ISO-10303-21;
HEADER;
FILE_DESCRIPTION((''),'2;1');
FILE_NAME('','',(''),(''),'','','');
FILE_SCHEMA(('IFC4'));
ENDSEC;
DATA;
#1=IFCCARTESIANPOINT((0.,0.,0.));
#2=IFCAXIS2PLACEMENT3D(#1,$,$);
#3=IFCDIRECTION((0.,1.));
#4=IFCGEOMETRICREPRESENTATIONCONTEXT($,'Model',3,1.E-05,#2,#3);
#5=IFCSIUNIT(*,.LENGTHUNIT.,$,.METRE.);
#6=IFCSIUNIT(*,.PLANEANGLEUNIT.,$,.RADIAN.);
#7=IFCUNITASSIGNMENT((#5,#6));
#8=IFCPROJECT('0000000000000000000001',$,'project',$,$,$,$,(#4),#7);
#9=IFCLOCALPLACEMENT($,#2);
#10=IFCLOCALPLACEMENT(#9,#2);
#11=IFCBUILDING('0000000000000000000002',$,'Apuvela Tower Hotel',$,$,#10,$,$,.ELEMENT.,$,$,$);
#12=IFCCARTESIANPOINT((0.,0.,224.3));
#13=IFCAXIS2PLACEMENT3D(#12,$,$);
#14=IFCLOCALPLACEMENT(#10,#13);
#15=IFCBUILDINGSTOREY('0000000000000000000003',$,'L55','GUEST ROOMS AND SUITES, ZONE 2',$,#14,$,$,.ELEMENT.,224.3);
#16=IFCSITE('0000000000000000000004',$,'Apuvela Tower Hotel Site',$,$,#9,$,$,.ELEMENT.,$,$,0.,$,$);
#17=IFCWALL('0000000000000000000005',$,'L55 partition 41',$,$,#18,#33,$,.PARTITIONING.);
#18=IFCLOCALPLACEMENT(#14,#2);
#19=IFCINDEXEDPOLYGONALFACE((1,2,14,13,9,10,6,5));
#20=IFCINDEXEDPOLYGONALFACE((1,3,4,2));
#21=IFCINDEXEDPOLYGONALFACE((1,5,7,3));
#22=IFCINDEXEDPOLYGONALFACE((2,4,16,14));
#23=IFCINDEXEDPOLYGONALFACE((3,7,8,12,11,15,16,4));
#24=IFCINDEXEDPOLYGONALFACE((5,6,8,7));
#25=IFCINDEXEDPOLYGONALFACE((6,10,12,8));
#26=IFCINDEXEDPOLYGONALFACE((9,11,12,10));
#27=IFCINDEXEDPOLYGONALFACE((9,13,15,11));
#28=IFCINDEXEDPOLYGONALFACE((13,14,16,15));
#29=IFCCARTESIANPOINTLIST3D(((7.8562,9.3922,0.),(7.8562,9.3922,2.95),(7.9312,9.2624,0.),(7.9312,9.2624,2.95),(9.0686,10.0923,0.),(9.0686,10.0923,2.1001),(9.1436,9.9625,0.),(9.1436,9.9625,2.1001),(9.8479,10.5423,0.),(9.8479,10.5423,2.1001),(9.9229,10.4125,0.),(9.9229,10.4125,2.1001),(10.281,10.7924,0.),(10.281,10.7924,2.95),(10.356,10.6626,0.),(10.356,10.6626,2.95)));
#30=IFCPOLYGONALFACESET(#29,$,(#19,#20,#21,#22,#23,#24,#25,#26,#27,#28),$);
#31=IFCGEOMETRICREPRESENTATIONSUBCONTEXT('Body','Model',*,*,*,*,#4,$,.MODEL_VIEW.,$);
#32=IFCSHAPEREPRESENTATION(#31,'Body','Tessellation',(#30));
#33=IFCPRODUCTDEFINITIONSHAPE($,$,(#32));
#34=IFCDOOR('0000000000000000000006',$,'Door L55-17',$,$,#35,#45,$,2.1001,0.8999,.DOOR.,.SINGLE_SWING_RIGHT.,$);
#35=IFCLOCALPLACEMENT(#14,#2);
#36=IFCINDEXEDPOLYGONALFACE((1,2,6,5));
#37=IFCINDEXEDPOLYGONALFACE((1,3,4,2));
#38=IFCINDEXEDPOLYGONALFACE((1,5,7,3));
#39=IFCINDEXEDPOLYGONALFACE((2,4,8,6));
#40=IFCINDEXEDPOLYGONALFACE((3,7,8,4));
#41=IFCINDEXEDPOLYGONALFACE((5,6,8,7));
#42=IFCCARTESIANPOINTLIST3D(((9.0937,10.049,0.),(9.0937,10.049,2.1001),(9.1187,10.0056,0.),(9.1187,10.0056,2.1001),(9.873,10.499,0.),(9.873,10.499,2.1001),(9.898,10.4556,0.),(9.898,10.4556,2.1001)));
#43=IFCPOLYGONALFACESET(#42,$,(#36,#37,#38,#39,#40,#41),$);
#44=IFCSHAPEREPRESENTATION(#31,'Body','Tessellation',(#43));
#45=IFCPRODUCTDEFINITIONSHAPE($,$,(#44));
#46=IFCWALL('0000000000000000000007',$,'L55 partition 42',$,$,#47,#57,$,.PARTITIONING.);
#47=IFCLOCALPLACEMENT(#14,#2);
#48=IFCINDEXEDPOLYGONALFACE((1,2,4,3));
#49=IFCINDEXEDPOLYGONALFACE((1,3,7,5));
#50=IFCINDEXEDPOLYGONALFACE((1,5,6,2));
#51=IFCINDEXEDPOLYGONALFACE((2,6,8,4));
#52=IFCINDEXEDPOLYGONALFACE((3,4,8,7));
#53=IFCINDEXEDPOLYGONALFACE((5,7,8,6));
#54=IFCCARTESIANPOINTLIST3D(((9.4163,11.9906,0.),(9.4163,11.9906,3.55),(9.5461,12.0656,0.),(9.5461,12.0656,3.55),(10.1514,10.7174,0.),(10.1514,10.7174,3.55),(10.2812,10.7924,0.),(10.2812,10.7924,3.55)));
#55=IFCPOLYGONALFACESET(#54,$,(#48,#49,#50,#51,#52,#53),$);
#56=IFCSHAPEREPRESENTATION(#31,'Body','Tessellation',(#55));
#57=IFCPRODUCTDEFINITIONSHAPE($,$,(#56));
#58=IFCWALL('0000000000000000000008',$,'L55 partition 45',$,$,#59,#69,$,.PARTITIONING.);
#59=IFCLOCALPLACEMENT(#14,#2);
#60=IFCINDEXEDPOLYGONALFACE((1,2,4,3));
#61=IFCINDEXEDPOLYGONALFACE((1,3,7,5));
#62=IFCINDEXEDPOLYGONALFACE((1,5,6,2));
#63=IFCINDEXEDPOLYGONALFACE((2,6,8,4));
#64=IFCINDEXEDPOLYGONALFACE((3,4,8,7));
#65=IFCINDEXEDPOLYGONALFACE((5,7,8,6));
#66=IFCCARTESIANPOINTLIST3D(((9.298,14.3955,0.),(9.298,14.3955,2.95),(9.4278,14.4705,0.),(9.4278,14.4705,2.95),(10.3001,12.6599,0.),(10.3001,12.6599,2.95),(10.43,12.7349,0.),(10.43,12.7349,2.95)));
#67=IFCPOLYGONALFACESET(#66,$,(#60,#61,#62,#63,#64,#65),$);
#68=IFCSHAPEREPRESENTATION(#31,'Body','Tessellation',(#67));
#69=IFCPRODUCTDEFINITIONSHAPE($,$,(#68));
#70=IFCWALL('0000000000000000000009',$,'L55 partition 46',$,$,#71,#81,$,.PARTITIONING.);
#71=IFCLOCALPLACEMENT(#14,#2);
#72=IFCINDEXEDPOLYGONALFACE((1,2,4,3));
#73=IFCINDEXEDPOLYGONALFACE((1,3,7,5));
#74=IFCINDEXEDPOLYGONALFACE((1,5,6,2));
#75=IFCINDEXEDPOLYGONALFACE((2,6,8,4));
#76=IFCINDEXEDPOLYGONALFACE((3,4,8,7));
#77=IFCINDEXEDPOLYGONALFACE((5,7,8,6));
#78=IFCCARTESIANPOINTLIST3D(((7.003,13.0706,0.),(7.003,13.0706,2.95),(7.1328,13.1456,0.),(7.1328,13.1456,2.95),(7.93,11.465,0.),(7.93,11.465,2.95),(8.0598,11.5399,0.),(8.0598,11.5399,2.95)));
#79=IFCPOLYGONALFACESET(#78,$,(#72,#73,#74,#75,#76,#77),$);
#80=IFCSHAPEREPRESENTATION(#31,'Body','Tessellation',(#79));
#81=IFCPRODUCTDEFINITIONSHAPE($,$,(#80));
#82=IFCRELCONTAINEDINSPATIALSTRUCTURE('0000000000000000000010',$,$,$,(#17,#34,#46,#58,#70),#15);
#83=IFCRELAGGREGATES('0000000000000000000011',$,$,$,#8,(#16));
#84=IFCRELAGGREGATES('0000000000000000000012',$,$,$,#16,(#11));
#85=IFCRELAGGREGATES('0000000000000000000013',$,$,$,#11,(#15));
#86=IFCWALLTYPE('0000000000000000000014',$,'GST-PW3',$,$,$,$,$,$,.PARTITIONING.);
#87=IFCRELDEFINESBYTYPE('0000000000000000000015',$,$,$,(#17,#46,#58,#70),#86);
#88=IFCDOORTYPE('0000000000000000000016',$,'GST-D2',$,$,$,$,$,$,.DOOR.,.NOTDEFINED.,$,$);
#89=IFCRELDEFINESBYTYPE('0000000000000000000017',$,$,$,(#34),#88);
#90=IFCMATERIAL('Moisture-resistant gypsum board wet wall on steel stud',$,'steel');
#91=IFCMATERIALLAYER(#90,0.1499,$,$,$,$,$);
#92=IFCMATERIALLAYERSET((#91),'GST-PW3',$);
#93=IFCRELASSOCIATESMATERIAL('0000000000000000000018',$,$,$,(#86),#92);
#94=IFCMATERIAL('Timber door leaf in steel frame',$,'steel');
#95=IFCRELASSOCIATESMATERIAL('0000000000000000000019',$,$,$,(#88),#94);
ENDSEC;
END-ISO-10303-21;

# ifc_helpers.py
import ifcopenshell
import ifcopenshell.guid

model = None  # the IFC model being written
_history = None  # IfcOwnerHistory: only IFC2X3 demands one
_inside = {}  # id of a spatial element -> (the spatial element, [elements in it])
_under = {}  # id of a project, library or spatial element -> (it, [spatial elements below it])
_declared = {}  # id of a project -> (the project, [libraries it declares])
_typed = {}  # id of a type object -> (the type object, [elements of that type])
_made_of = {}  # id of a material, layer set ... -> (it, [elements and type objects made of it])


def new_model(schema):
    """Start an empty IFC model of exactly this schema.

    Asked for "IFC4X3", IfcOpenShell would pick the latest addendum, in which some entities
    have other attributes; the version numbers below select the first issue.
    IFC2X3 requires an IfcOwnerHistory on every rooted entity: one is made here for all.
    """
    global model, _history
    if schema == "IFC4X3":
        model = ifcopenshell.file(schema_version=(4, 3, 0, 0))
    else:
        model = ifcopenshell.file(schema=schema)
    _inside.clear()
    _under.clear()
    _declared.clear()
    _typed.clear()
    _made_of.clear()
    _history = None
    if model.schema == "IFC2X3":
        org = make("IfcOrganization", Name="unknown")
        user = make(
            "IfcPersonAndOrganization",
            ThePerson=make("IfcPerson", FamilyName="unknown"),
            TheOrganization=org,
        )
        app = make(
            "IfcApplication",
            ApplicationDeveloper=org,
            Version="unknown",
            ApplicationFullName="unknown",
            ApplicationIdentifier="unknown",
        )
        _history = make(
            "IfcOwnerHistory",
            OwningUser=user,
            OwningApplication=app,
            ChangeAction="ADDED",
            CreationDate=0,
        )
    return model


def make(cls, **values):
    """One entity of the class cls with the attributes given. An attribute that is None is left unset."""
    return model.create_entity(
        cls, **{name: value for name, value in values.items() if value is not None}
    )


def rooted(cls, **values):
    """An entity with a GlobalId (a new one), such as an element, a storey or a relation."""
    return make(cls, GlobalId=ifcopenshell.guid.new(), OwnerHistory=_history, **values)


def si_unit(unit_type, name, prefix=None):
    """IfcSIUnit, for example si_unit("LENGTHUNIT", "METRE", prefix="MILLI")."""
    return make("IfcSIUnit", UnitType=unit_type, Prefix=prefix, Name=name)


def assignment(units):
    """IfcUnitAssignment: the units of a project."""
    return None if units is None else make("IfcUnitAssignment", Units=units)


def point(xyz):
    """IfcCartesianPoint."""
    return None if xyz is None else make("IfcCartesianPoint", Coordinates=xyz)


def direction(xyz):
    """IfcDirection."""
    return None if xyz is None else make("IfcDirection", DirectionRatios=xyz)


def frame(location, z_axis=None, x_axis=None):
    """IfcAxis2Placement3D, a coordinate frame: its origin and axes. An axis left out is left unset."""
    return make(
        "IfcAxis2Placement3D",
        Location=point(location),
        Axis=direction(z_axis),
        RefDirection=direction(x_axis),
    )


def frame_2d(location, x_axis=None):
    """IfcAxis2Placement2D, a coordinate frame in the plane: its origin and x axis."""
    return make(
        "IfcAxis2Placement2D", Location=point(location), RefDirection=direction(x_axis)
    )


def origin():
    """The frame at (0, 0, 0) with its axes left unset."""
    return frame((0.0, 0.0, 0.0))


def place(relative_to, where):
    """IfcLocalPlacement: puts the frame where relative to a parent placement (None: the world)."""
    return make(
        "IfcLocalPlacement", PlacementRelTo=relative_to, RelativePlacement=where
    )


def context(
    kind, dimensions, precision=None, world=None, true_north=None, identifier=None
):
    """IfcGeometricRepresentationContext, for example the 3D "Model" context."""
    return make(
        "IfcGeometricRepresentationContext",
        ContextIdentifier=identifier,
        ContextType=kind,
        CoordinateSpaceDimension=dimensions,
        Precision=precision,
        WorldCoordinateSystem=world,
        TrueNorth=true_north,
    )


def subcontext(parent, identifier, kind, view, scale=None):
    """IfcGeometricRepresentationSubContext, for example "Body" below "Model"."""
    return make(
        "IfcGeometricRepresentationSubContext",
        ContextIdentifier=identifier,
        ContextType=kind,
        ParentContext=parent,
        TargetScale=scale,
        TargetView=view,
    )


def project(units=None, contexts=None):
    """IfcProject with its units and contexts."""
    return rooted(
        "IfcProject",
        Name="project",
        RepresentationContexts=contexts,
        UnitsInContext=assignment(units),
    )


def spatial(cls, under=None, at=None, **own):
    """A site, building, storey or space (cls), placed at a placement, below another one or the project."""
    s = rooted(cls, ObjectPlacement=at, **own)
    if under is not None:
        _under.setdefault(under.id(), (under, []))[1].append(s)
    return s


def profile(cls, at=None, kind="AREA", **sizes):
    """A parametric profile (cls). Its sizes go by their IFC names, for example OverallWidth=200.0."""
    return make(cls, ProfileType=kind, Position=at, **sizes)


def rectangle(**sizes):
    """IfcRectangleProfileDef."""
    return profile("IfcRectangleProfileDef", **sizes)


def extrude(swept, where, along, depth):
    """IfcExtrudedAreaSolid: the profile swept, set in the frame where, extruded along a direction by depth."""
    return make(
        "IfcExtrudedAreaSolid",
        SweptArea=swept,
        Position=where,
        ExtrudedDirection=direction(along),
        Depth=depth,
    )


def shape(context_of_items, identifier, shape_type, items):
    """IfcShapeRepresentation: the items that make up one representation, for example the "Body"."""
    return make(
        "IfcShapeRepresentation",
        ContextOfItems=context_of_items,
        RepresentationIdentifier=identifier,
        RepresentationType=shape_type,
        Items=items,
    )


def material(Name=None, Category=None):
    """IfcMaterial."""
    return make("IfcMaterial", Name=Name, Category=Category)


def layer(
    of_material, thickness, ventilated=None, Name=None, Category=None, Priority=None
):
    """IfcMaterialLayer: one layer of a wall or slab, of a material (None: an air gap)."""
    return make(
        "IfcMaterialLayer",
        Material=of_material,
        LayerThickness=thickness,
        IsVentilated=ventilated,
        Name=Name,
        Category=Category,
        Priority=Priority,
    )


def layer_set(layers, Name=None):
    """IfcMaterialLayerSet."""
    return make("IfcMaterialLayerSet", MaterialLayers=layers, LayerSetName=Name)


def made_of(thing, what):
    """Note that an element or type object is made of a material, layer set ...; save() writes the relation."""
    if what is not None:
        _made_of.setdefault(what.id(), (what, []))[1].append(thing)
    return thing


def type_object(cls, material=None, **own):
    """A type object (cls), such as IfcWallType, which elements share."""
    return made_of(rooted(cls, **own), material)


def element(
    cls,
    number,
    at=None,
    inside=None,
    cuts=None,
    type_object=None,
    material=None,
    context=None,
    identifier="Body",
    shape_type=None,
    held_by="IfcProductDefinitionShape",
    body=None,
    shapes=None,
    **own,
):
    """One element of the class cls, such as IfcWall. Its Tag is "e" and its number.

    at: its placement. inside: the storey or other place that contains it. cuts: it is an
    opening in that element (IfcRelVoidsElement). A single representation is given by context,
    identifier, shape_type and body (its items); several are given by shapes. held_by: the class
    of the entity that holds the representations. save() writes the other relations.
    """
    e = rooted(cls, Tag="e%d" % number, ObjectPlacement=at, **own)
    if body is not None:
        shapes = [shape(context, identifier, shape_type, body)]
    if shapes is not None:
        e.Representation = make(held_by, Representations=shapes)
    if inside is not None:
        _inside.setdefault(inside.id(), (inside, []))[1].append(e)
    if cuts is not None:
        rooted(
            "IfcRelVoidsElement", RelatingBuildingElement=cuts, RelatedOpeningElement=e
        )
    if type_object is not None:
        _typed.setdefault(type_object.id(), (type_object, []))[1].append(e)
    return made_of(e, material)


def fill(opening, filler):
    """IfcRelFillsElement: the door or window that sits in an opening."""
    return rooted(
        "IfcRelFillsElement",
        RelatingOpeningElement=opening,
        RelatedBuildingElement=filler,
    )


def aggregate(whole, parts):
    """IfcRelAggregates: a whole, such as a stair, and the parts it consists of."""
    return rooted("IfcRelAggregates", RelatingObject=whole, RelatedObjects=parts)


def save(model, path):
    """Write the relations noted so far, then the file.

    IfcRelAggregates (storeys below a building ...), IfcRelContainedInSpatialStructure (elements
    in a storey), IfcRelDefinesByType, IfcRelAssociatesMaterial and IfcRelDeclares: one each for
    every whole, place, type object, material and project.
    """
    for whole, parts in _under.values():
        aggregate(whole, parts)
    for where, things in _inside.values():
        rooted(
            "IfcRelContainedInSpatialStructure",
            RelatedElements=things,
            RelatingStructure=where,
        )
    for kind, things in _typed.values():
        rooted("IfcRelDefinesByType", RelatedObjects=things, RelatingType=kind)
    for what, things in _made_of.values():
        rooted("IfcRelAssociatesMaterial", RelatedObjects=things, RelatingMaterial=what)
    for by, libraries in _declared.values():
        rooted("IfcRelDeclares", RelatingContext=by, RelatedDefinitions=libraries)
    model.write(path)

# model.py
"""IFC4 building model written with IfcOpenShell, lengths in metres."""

from ifc_helpers import new_model, si_unit, direction, frame, frame_2d, origin, place, context, subcontext, project, spatial, rectangle, extrude, material, layer, layer_set, type_object, element, fill, save


model = new_model("IFC4")

# Units and contexts
model_context = context("Model", 3, precision=1e-05, world=origin(), true_north=direction((0.0, 1.0)))
body_context = subcontext(model_context, "Body", "Model", "MODEL_VIEW")
ifc_project = project(units=[si_unit("LENGTHUNIT", "METRE"), si_unit("PLANEANGLEUNIT", "RADIAN")], contexts=[model_context])

# Site, building, storey
site_placement = place(None, origin())
site = spatial("IfcSite", under=ifc_project, at=site_placement, Name="Apuvela Tower Hotel Site", CompositionType="ELEMENT", RefElevation=0.0)
building_placement = place(site_placement, origin())
building = spatial("IfcBuilding", under=site, at=building_placement, Name="Apuvela Tower Hotel", CompositionType="ELEMENT")
storey_placement = place(building_placement, frame((0.0, 0.0, 224.3)))
storey = spatial("IfcBuildingStorey", under=building, at=storey_placement, Name="L55", Description="GUEST ROOMS AND SUITES, ZONE 2", CompositionType="ELEMENT", Elevation=224.3)

# Shared definitions
ifc_material_1 = material(Name="Timber door leaf in steel frame", Category="steel")
ifc_material_2 = material(Name="Moisture-resistant gypsum board wet wall on steel stud", Category="steel")
ifc_layer_1 = layer(ifc_material_2, 0.1499)
ifc_layer_set_1 = layer_set([ifc_layer_1], Name="GST-PW3")
wall_type_1 = type_object("IfcWallType", Name="GST-PW3", PredefinedType="PARTITIONING", material=ifc_layer_set_1)
door_type_1 = type_object("IfcDoorType", Name="GST-D2", OperationType="NOTDEFINED", PredefinedType="DOOR", material=ifc_material_1)

# Wall, opening, door
wall_1_placement = place(storey_placement, frame((7.8938, 9.3274, 0.0), z_axis=(0.0, 0.0, 1.0), x_axis=(0.865997, 0.50005, 0.0)))
wall_1 = element("IfcWall", 1, at=wall_1_placement, inside=storey, type_object=wall_type_1, Name="L55 partition 41", PredefinedType="PARTITIONING", context=body_context, shape_type="SweptSolid", body=[
    extrude(rectangle(XDim=2.8, YDim=0.1499, at=frame_2d((1.3999, 0.0))), origin(), (0.0, 0.0, 1.0), 2.95),
])
opening_1_placement = place(wall_1_placement, frame((1.3999, 0.0, 0.0)))
opening_1 = element("IfcOpeningElement", 2, at=opening_1_placement, cuts=wall_1, PredefinedType="OPENING", context=body_context, shape_type="SweptSolid", body=[
    extrude(rectangle(XDim=0.8999, YDim=2.1001, at=frame_2d((0.45, 1.05))), frame((0.0, 0.085, 0.0), z_axis=(0.0, -1.0, 0.0), x_axis=(1.0, 0.0, 0.0)), (0.0, 0.0, 1.0), 0.1699),
])
door_1_placement = place(opening_1_placement, origin())
door_1 = element("IfcDoor", 3, at=door_1_placement, inside=storey, type_object=door_type_1, Name="Door L55-17", OperationType="SINGLE_SWING_RIGHT", OverallHeight=2.1001, OverallWidth=0.8999, PredefinedType="DOOR", context=body_context, shape_type="SweptSolid", body=[
    extrude(rectangle(XDim=0.8999, YDim=2.1001, at=frame_2d((0.45, 1.05))), frame((0.0, 0.0249, 0.0), z_axis=(0.0, -1.0, 0.0), x_axis=(1.0, 0.0, 0.0)), (0.0, 0.0, 1.0), 0.05),
])
fill(opening_1, door_1)

# Walls
wall_2_placement = place(storey_placement, frame((10.2163, 10.7549, 0.0), z_axis=(0.0, 0.0, 1.0), x_axis=(-0.500015, 0.866017, 0.0)))
element("IfcWall", 4, at=wall_2_placement, inside=storey, type_object=wall_type_1, Name="L55 partition 42", PredefinedType="PARTITIONING", context=body_context, shape_type="SweptSolid", body=[
    extrude(rectangle(XDim=1.4702, YDim=0.1499, at=frame_2d((0.7351, 0.0))), origin(), (0.0, 0.0, 1.0), 3.55),
])
wall_3_placement = place(storey_placement, frame((10.365, 12.6975, 0.0), z_axis=(0.0, 0.0, 1.0), x_axis=(-0.500056, 0.865993, 0.0)))
element("IfcWall", 5, at=wall_3_placement, inside=storey, type_object=wall_type_1, Name="L55 partition 45", PredefinedType="PARTITIONING", context=body_context, shape_type="SweptSolid", body=[
    extrude(rectangle(XDim=2.0042, YDim=0.1499, at=frame_2d((1.002, 0.0))), origin(), (0.0, 0.0, 1.0), 2.95),
])
wall_4_placement = place(storey_placement, frame((7.9949, 11.5024, 0.0), z_axis=(0.0, 0.0, 1.0), x_axis=(-0.499977, 0.866039, 0.0)))
element("IfcWall", 6, at=wall_4_placement, inside=storey, type_object=wall_type_1, Name="L55 partition 46", PredefinedType="PARTITIONING", context=body_context, shape_type="SweptSolid", body=[
    extrude(rectangle(XDim=1.854, YDim=0.1499, at=frame_2d((0.927, 0.0))), origin(), (0.0, 0.0, 1.0), 2.95),
])

save(model, "model.ifc")
